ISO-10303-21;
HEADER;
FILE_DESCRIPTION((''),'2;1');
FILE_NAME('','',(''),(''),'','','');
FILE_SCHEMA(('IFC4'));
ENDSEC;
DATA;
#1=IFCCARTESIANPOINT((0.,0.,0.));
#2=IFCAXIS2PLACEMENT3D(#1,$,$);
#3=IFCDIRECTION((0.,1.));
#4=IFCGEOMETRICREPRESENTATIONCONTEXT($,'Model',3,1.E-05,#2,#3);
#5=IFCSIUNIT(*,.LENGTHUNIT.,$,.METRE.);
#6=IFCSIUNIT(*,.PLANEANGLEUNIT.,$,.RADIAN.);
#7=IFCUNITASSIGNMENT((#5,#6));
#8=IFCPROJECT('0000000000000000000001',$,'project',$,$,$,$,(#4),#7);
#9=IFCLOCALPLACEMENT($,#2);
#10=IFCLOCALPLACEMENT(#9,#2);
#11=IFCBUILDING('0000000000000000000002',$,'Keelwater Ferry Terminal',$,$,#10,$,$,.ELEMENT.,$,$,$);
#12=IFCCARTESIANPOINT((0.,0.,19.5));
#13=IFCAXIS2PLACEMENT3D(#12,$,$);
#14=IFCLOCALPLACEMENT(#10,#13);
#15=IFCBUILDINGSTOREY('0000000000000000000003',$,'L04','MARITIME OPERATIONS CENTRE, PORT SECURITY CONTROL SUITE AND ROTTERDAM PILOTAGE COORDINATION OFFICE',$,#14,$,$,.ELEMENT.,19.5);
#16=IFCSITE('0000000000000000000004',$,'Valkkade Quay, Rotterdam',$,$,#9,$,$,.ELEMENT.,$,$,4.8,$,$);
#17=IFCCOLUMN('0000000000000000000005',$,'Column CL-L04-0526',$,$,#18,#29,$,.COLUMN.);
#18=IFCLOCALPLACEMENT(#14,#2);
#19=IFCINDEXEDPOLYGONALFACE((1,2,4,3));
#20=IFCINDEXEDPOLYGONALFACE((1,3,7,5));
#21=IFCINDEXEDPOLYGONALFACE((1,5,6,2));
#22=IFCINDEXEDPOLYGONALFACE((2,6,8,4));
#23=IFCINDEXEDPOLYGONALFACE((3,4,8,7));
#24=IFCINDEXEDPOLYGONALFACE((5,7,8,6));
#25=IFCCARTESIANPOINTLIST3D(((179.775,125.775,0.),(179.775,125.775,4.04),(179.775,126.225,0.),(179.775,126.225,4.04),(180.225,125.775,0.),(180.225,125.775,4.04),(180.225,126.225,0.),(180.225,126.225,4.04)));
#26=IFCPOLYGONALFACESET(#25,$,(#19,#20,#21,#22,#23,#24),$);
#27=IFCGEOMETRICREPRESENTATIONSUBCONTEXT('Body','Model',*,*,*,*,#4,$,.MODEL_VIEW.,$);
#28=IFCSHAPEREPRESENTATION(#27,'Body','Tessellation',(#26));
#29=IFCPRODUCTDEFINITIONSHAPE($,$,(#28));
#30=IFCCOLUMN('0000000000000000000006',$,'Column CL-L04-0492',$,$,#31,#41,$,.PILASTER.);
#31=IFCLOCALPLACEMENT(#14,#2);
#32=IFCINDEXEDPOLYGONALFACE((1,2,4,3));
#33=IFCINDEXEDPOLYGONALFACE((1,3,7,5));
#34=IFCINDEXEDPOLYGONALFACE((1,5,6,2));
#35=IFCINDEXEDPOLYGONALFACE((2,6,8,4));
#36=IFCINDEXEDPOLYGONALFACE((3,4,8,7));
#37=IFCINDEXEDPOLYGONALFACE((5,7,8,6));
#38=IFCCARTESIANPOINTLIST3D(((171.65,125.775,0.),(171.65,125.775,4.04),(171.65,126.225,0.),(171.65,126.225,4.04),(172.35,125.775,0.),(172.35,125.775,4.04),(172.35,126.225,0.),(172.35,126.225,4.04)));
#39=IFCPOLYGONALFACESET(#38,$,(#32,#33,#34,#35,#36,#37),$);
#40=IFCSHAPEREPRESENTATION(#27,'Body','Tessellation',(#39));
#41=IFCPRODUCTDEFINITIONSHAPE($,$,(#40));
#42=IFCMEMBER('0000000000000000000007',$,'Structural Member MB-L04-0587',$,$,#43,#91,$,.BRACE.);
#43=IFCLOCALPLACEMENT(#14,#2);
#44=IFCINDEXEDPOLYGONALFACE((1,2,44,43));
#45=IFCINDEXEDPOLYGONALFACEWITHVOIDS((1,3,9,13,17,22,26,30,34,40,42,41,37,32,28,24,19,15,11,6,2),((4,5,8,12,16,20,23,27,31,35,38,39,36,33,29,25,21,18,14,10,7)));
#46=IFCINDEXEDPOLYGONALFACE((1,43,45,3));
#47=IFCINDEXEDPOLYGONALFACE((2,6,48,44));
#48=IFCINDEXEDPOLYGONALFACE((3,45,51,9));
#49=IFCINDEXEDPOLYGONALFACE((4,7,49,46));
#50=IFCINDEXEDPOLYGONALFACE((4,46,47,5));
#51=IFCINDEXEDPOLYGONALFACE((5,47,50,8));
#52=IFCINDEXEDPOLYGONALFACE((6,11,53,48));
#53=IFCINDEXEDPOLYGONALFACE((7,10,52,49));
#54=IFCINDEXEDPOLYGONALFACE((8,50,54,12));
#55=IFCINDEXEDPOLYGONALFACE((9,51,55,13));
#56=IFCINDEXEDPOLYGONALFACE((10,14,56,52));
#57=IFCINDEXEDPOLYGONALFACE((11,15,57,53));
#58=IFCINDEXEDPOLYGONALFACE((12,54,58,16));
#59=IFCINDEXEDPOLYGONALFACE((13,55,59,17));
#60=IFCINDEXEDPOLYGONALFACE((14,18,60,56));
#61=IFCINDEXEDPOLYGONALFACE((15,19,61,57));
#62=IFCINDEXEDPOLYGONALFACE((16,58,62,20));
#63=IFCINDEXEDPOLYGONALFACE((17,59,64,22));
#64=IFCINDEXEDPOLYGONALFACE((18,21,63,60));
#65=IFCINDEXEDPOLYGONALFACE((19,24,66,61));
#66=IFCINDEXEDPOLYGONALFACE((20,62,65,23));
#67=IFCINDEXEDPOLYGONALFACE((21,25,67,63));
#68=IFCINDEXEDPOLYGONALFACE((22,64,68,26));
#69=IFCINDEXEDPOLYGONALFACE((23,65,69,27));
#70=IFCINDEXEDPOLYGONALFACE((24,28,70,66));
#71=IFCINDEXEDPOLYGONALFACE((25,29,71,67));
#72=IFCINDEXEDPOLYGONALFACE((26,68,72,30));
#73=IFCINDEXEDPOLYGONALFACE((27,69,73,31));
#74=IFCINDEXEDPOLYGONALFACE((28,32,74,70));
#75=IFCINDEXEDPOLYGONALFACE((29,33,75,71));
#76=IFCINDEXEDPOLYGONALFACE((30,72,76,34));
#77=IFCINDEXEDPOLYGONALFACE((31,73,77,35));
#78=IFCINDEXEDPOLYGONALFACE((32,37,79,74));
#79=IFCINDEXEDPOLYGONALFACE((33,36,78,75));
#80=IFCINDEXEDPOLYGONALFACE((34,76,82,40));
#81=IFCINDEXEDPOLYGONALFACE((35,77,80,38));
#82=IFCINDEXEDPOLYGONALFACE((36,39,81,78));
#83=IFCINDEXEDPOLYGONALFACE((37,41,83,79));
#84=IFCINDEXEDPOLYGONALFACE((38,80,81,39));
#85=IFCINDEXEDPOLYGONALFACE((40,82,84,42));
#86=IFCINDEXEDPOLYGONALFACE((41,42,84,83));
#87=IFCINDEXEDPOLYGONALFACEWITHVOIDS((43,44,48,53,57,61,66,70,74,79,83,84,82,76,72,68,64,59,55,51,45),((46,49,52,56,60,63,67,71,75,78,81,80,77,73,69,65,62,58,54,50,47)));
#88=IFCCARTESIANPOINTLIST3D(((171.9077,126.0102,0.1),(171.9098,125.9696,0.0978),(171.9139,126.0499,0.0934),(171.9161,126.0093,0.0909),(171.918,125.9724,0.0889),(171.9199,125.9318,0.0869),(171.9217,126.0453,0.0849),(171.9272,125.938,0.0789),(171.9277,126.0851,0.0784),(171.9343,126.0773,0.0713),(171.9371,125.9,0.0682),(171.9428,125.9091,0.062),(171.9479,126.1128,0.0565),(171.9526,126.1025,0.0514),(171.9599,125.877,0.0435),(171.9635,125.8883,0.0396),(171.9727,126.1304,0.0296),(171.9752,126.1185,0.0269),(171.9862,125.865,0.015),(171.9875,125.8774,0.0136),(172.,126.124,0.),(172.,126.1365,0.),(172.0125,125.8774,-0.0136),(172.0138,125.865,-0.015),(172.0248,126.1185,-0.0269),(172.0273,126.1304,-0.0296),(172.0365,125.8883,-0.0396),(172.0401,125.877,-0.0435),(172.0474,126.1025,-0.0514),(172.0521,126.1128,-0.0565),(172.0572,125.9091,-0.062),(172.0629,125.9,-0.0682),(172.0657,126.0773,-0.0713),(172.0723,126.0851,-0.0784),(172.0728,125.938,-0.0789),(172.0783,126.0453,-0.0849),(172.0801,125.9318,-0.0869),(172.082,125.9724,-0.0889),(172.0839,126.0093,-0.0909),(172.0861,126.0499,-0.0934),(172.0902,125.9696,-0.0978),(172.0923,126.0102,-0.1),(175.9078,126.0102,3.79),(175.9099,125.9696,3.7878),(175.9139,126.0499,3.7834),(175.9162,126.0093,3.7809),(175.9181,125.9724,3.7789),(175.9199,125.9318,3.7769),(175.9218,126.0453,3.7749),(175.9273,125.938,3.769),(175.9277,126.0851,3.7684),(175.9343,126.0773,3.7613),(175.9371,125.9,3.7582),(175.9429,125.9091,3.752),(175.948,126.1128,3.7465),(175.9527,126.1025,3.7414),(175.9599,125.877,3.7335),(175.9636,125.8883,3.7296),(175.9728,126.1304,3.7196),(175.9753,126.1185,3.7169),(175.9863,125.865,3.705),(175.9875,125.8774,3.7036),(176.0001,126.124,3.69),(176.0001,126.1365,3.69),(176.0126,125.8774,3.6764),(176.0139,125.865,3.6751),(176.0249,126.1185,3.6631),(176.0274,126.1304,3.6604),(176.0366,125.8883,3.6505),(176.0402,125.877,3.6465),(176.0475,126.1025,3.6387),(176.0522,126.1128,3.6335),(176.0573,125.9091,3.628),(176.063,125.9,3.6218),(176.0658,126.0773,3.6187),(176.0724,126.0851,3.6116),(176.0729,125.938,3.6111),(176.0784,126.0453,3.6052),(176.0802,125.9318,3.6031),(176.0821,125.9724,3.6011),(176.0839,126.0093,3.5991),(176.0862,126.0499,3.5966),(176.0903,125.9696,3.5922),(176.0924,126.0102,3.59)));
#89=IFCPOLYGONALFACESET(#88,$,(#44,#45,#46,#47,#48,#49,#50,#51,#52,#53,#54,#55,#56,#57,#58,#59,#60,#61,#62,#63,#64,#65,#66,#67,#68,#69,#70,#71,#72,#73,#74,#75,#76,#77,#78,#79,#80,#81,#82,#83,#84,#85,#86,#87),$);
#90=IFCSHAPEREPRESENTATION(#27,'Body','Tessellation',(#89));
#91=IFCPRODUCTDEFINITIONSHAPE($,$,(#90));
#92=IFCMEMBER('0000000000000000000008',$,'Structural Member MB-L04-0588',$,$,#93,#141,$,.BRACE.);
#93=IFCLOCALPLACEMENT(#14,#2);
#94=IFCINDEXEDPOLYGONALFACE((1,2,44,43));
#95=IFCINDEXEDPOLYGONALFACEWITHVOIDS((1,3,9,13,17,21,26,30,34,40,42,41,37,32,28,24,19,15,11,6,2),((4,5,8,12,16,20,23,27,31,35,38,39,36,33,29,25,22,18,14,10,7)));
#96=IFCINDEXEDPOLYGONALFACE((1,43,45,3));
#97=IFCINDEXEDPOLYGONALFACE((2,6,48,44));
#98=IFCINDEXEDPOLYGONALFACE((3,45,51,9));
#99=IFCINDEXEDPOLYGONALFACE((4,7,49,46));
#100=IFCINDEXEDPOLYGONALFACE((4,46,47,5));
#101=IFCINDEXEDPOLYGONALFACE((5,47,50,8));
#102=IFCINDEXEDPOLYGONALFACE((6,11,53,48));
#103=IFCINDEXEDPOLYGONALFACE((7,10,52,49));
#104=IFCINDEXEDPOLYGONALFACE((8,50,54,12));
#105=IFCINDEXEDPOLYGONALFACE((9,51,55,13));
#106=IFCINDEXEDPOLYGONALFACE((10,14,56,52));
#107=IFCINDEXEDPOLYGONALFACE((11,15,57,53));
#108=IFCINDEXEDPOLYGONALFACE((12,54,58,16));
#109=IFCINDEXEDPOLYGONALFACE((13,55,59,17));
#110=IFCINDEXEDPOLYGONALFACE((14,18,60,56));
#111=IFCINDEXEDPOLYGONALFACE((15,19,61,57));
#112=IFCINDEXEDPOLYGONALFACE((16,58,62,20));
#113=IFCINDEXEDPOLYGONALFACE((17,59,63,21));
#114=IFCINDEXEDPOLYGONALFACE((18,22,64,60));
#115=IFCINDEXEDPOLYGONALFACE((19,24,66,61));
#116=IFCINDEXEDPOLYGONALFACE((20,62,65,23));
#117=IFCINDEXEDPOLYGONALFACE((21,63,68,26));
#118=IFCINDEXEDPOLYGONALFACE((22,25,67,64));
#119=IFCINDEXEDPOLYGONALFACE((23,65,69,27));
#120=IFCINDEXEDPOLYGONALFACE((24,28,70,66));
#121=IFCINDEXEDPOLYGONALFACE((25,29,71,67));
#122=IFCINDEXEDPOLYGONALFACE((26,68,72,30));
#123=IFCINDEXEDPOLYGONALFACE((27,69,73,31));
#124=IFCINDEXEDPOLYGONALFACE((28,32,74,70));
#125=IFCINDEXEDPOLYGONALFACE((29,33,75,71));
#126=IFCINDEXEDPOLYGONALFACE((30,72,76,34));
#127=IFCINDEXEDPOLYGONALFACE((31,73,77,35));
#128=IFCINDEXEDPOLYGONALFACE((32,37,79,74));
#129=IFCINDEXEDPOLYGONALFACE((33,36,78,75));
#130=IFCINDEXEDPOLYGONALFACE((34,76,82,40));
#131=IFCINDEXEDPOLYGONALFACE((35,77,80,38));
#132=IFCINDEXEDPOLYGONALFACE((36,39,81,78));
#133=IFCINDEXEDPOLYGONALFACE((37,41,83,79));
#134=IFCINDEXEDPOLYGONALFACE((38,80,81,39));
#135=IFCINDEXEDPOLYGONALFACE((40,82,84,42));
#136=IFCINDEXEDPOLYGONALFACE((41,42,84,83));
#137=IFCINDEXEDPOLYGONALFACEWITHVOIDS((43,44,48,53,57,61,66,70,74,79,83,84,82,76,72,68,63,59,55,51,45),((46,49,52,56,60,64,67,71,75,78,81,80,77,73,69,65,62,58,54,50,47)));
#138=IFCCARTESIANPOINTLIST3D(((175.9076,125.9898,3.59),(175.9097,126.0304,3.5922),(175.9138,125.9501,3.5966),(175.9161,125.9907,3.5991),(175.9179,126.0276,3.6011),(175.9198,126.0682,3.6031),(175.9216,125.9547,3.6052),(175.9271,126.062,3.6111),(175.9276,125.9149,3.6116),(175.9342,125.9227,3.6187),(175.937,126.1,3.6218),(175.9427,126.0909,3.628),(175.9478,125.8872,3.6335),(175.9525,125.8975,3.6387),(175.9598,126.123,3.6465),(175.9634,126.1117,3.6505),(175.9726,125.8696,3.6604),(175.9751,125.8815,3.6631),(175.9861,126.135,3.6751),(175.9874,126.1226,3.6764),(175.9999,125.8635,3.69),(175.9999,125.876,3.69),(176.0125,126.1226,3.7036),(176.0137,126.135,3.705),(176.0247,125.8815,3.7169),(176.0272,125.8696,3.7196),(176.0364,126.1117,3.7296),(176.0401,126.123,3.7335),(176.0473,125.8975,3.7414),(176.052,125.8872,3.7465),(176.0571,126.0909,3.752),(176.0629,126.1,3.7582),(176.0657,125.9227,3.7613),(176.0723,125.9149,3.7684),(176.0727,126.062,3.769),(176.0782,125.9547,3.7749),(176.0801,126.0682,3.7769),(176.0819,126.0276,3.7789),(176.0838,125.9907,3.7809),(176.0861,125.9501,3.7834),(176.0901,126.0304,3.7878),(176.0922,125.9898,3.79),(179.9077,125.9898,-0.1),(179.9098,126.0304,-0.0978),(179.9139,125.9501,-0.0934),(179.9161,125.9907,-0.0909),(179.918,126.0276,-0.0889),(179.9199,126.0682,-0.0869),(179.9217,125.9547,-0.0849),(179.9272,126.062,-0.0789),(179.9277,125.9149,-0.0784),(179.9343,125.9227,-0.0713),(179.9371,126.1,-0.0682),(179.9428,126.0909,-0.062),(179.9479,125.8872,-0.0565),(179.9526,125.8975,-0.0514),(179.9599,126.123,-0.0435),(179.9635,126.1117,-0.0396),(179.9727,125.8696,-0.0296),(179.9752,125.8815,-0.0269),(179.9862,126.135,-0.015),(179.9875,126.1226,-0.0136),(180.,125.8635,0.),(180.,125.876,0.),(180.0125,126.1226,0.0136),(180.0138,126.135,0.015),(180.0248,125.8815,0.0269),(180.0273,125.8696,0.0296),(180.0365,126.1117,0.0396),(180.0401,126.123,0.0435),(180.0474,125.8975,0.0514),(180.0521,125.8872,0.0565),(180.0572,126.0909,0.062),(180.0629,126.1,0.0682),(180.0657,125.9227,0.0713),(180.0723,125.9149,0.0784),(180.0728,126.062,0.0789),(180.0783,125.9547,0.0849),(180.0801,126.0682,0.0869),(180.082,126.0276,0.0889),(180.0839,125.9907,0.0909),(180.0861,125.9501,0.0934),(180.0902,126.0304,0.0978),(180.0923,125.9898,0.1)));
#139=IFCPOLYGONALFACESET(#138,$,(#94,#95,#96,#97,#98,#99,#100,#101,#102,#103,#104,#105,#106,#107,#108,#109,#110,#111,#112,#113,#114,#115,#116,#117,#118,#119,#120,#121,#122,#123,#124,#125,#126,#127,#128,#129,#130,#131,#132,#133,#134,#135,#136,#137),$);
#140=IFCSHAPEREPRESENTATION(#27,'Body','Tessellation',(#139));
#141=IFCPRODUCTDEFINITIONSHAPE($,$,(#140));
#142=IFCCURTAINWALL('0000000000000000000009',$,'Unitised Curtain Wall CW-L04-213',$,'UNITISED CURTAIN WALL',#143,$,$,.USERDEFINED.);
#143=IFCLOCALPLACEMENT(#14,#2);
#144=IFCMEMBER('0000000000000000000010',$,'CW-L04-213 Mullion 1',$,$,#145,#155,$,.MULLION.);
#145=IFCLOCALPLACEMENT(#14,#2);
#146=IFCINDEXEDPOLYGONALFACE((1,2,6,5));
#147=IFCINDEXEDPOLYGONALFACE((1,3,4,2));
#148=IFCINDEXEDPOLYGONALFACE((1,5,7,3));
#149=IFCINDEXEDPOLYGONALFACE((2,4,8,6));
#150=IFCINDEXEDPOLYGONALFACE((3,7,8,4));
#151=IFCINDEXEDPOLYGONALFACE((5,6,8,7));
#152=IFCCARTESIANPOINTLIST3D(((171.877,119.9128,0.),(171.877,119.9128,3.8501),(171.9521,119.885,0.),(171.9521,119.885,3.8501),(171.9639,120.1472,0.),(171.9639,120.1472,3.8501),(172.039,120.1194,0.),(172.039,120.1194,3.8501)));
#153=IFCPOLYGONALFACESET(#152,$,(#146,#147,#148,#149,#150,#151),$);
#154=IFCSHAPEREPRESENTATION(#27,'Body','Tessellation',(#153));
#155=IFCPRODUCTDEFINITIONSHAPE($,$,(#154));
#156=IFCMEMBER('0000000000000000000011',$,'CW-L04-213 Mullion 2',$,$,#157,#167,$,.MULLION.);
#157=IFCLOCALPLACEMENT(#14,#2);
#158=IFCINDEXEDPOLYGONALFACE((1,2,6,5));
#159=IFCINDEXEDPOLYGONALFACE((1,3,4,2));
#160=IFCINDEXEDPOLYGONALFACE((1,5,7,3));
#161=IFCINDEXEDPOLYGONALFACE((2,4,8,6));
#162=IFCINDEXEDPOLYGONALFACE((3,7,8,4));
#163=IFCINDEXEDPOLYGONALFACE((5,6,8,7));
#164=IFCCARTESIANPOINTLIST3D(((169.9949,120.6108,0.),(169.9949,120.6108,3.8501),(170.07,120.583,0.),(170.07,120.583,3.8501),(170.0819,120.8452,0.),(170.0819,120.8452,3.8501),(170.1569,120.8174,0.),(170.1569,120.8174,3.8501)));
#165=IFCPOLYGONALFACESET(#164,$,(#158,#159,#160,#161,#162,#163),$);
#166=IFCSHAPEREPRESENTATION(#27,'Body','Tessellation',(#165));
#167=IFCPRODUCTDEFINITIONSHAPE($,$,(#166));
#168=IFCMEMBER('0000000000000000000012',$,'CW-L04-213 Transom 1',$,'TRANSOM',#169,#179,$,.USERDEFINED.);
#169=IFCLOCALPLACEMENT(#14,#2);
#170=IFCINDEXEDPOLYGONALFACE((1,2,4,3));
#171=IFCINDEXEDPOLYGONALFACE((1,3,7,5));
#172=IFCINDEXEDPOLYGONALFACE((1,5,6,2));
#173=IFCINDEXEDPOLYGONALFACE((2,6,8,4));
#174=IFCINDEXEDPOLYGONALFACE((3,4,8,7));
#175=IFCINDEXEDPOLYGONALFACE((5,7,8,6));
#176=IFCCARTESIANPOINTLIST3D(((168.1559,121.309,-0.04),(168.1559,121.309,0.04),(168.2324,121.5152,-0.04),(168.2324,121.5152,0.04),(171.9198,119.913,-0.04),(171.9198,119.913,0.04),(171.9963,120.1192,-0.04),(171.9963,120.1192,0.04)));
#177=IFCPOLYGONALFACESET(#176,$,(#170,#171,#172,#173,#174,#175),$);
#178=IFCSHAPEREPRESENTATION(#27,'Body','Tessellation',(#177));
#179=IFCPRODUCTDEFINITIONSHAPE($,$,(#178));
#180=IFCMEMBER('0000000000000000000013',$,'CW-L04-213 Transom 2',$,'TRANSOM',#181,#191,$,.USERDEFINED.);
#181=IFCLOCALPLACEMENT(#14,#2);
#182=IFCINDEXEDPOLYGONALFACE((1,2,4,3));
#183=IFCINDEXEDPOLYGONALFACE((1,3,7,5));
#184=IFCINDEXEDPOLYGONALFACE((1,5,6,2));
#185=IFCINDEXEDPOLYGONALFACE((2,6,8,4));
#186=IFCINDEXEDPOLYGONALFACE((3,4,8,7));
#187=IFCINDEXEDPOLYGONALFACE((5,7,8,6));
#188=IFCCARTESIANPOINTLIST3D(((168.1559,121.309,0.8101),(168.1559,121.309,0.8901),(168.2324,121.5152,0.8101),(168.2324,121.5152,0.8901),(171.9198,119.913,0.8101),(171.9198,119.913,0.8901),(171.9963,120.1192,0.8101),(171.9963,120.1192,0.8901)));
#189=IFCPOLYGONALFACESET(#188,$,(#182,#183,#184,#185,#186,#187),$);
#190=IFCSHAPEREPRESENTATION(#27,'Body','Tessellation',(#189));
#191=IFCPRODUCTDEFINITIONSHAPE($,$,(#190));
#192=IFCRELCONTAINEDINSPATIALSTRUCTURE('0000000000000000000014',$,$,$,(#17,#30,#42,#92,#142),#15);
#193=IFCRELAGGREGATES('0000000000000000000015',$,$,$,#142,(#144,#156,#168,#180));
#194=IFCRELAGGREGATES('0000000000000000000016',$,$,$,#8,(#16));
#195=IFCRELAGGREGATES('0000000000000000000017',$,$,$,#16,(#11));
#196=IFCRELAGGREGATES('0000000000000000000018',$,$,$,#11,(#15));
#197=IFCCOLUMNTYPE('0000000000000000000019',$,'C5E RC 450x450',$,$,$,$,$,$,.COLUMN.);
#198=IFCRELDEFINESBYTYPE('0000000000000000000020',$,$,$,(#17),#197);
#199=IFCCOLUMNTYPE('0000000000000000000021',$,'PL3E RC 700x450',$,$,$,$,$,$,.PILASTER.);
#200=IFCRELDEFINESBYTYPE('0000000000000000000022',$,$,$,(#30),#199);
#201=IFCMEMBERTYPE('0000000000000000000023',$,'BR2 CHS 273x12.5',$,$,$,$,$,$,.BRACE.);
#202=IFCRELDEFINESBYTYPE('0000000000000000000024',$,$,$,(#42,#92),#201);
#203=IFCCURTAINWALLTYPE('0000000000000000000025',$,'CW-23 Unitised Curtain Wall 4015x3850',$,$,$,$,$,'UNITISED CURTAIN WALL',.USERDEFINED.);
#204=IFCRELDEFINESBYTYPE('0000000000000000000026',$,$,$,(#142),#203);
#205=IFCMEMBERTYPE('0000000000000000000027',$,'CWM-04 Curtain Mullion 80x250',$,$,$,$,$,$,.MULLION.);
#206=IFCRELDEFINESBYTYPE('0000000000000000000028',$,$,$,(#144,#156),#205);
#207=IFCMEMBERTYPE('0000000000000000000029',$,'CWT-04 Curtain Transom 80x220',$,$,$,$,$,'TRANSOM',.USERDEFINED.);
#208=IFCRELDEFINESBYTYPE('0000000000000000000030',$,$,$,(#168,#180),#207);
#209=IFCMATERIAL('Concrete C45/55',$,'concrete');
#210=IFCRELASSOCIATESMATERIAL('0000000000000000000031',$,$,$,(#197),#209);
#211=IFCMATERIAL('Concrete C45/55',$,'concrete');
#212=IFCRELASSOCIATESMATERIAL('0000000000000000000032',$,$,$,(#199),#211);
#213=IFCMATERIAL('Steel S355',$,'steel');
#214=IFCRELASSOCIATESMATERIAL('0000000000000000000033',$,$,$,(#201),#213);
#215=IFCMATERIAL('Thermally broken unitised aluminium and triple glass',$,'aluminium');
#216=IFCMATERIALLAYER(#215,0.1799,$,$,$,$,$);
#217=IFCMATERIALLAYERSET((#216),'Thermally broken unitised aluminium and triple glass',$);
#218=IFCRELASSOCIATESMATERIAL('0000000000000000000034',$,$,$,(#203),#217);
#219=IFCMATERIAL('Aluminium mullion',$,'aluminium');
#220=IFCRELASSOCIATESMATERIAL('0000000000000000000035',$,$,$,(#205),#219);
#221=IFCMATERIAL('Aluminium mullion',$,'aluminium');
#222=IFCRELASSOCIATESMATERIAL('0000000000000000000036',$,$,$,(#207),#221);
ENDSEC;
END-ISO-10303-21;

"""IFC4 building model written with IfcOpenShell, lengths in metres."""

from ifc_helpers import new_model, si_unit, direction, frame, origin, origin_2d, place, context, subcontext, project, spatial, rectangle, hollow_circle, extrude, material, layer, layer_set, material_profile, profile_set, type_object, element, aggregate, save


model = new_model("IFC4")

# Units and contexts
model_context = context("Model", 3, precision=1e-05, world=origin(), true_north=direction((0.0, 1.0)))
body_context = subcontext(model_context, "Body", "Model", "MODEL_VIEW")
ifc_project = project(units=[si_unit("LENGTHUNIT", "METRE"), si_unit("PLANEANGLEUNIT", "RADIAN")], contexts=[model_context])

# Site, building, storey
site_placement = place(None, origin())
site = spatial("IfcSite", under=ifc_project, at=site_placement, Name="Valkkade Quay, Rotterdam", CompositionType="ELEMENT", RefElevation=4.8)
building_placement = place(site_placement, origin())
building = spatial("IfcBuilding", under=site, at=building_placement, Name="Keelwater Ferry Terminal", CompositionType="ELEMENT")
storey_placement = place(building_placement, frame((0.0, 0.0, 19.5)))
storey = spatial("IfcBuildingStorey", under=building, at=storey_placement, Name="L04", Description="MARITIME OPERATIONS CENTRE, PORT SECURITY CONTROL SUITE AND ROTTERDAM PILOTAGE COORDINATION OFFICE", CompositionType="ELEMENT", Elevation=19.5)

# Columns
ifc_material_1 = material(Name="Concrete C45/55", Category="concrete")
ifc_material_profile_1 = material_profile(ifc_material_1, rectangle(XDim=0.45, YDim=0.45, at=origin_2d()), Name="RC 450x450")
ifc_profile_set_1 = profile_set([ifc_material_profile_1], Name="Concrete C45/55")
column_type_1 = type_object("IfcColumnType", Name="C5E RC 450x450", PredefinedType="COLUMN", material=ifc_profile_set_1)
column_1_placement = place(storey_placement, frame((180.0, 126.0, 0.0), z_axis=(0.0, 0.0, 1.0), x_axis=(1.0, 0.0, 0.0)))
element("IfcColumn", 1, at=column_1_placement, inside=storey, type_object=column_type_1, Name="Column CL-L04-0526", PredefinedType="COLUMN", context=body_context, shape_type="SweptSolid", body=[
    extrude(rectangle(XDim=0.45, YDim=0.45, at=origin_2d()), origin(), (0.0, 0.0, 1.0), 4.04),
])
ifc_material_2 = material(Name="Concrete C45/55", Category="concrete")
ifc_material_profile_2 = material_profile(ifc_material_2, rectangle(XDim=0.45, YDim=0.7, at=origin_2d()), Name="RC 700x450")
ifc_profile_set_2 = profile_set([ifc_material_profile_2], Name="Concrete C45/55")
column_type_2 = type_object("IfcColumnType", Name="PL3E RC 700x450", PredefinedType="PILASTER", material=ifc_profile_set_2)
column_2_placement = place(storey_placement, frame((172.0, 126.0, 0.0), z_axis=(0.0, 0.0, 1.0), x_axis=(0.0, 1.0, 0.0)))
element("IfcColumn", 2, at=column_2_placement, inside=storey, type_object=column_type_2, Name="Column CL-L04-0492", PredefinedType="PILASTER", context=body_context, shape_type="SweptSolid", body=[
    extrude(rectangle(XDim=0.45, YDim=0.7, at=origin_2d()), origin(), (0.0, 0.0, 1.0), 4.04),
])

# Members
ifc_material_3 = material(Name="Steel S355", Category="steel")
ifc_material_profile_3 = material_profile(ifc_material_3, hollow_circle(Radius=0.1365, WallThickness=0.0125, at=origin_2d()), Name="CHS 273x12.5")
ifc_profile_set_3 = profile_set([ifc_material_profile_3], Name="Steel S355")
member_type_1 = type_object("IfcMemberType", Name="BR2 CHS 273x12.5", PredefinedType="BRACE", material=ifc_profile_set_3)
for number, where, z_axis, x_axis, name in (
    (3, (172.0, 126.0, 0.0), (0.73502, 0.0, 0.678045), (0.0, 1.0, 0.0), "Structural Member MB-L04-0587"),
    (4, (180.0, 126.0, 0.0), (-0.73502, 0.0, 0.678045), (0.0, -1.0, 0.0), "Structural Member MB-L04-0588"),
):
    element("IfcMember", number, at=place(storey_placement, frame(where, z_axis=z_axis, x_axis=x_axis)), inside=storey, type_object=member_type_1, Name=name, PredefinedType="BRACE", context=body_context, shape_type="SweptSolid", body=[
        extrude(hollow_circle(Radius=0.1365, WallThickness=0.0125, at=origin_2d()), origin(), (0.0, 0.0, 1.0), 5.4421),
    ])

# Curtain wall, members
ifc_material_4 = material(Name="Thermally broken unitised aluminium and triple glass", Category="aluminium")
ifc_layer_1 = layer(ifc_material_4, 0.1799)
ifc_layer_set_1 = layer_set([ifc_layer_1], Name="Thermally broken unitised aluminium and triple glass")
curtain_wall_type = type_object("IfcCurtainWallType", Name="CW-23 Unitised Curtain Wall 4015x3850", ElementType="UNITISED CURTAIN WALL", PredefinedType="USERDEFINED", material=ifc_layer_set_1)
curtain_wall_placement = place(storey_placement, origin())
curtain_wall = element("IfcCurtainWall", 5, at=curtain_wall_placement, inside=storey, type_object=curtain_wall_type, Name="Unitised Curtain Wall CW-L04-213", ObjectType="UNITISED CURTAIN WALL", PredefinedType="USERDEFINED")
ifc_material_5 = material(Name="Aluminium mullion", Category="aluminium")
ifc_material_profile_4 = material_profile(ifc_material_5, rectangle(XDim=0.0801, YDim=0.25, at=origin_2d()), Name="CWM-04")
ifc_profile_set_4 = profile_set([ifc_material_profile_4], Name="Aluminium mullion")
member_type_2 = type_object("IfcMemberType", Name="CWM-04 Curtain Mullion 80x250", PredefinedType="MULLION", material=ifc_profile_set_4)
member_1_placement = place(storey_placement, frame((171.958, 120.0161, 0.0), z_axis=(0.0, 0.0, 1.0), x_axis=(-0.937592, 0.347736, 0.0)))
member_1 = element("IfcMember", 6, at=member_1_placement, type_object=member_type_2, Name="CW-L04-213 Mullion 1", PredefinedType="MULLION", context=body_context, shape_type="SweptSolid", body=[
    extrude(rectangle(XDim=0.0801, YDim=0.25, at=origin_2d()), origin(), (0.0, 0.0, 1.0), 3.8501),
])
member_2_placement = place(storey_placement, frame((170.0759, 120.7141, 0.0), z_axis=(0.0, 0.0, 1.0), x_axis=(-0.937592, 0.347736, 0.0)))
member_2 = element("IfcMember", 7, at=member_2_placement, type_object=member_type_2, Name="CW-L04-213 Mullion 2", PredefinedType="MULLION", context=body_context, shape_type="SweptSolid", body=[
    extrude(rectangle(XDim=0.0801, YDim=0.25, at=origin_2d()), origin(), (0.0, 0.0, 1.0), 3.8501),
])
ifc_material_6 = material(Name="Aluminium mullion", Category="aluminium")
ifc_material_profile_5 = material_profile(ifc_material_6, rectangle(XDim=0.22, YDim=0.0801, at=origin_2d()), Name="CWT-04")
ifc_profile_set_5 = profile_set([ifc_material_profile_5], Name="Aluminium mullion")
member_type_3 = type_object("IfcMemberType", Name="CWT-04 Curtain Transom 80x220", ElementType="TRANSOM", PredefinedType="USERDEFINED", material=ifc_profile_set_5)
member_3_placement = place(storey_placement, frame((171.958, 120.0161, 0.0), z_axis=(-0.93759, 0.347742, 0.0), x_axis=(-0.347742, -0.93759, 0.0)))
member_3 = element("IfcMember", 8, at=member_3_placement, type_object=member_type_3, Name="CW-L04-213 Transom 1", ObjectType="TRANSOM", PredefinedType="USERDEFINED", context=body_context, shape_type="SweptSolid", body=[
    extrude(rectangle(XDim=0.22, YDim=0.0801, at=origin_2d()), origin(), (0.0, 0.0, 1.0), 4.0144),
])
member_4_placement = place(storey_placement, frame((171.958, 120.0161, 0.8501), z_axis=(-0.93759, 0.347742, 0.0), x_axis=(-0.347742, -0.93759, 0.0)))
member_4 = element("IfcMember", 9, at=member_4_placement, type_object=member_type_3, Name="CW-L04-213 Transom 2", ObjectType="TRANSOM", PredefinedType="USERDEFINED", context=body_context, shape_type="SweptSolid", body=[
    extrude(rectangle(XDim=0.22, YDim=0.0801, at=origin_2d()), origin(), (0.0, 0.0, 1.0), 4.0144),
])

aggregate(curtain_wall, [member_1, member_2, member_3, member_4])

save(model, "model.ifc")
